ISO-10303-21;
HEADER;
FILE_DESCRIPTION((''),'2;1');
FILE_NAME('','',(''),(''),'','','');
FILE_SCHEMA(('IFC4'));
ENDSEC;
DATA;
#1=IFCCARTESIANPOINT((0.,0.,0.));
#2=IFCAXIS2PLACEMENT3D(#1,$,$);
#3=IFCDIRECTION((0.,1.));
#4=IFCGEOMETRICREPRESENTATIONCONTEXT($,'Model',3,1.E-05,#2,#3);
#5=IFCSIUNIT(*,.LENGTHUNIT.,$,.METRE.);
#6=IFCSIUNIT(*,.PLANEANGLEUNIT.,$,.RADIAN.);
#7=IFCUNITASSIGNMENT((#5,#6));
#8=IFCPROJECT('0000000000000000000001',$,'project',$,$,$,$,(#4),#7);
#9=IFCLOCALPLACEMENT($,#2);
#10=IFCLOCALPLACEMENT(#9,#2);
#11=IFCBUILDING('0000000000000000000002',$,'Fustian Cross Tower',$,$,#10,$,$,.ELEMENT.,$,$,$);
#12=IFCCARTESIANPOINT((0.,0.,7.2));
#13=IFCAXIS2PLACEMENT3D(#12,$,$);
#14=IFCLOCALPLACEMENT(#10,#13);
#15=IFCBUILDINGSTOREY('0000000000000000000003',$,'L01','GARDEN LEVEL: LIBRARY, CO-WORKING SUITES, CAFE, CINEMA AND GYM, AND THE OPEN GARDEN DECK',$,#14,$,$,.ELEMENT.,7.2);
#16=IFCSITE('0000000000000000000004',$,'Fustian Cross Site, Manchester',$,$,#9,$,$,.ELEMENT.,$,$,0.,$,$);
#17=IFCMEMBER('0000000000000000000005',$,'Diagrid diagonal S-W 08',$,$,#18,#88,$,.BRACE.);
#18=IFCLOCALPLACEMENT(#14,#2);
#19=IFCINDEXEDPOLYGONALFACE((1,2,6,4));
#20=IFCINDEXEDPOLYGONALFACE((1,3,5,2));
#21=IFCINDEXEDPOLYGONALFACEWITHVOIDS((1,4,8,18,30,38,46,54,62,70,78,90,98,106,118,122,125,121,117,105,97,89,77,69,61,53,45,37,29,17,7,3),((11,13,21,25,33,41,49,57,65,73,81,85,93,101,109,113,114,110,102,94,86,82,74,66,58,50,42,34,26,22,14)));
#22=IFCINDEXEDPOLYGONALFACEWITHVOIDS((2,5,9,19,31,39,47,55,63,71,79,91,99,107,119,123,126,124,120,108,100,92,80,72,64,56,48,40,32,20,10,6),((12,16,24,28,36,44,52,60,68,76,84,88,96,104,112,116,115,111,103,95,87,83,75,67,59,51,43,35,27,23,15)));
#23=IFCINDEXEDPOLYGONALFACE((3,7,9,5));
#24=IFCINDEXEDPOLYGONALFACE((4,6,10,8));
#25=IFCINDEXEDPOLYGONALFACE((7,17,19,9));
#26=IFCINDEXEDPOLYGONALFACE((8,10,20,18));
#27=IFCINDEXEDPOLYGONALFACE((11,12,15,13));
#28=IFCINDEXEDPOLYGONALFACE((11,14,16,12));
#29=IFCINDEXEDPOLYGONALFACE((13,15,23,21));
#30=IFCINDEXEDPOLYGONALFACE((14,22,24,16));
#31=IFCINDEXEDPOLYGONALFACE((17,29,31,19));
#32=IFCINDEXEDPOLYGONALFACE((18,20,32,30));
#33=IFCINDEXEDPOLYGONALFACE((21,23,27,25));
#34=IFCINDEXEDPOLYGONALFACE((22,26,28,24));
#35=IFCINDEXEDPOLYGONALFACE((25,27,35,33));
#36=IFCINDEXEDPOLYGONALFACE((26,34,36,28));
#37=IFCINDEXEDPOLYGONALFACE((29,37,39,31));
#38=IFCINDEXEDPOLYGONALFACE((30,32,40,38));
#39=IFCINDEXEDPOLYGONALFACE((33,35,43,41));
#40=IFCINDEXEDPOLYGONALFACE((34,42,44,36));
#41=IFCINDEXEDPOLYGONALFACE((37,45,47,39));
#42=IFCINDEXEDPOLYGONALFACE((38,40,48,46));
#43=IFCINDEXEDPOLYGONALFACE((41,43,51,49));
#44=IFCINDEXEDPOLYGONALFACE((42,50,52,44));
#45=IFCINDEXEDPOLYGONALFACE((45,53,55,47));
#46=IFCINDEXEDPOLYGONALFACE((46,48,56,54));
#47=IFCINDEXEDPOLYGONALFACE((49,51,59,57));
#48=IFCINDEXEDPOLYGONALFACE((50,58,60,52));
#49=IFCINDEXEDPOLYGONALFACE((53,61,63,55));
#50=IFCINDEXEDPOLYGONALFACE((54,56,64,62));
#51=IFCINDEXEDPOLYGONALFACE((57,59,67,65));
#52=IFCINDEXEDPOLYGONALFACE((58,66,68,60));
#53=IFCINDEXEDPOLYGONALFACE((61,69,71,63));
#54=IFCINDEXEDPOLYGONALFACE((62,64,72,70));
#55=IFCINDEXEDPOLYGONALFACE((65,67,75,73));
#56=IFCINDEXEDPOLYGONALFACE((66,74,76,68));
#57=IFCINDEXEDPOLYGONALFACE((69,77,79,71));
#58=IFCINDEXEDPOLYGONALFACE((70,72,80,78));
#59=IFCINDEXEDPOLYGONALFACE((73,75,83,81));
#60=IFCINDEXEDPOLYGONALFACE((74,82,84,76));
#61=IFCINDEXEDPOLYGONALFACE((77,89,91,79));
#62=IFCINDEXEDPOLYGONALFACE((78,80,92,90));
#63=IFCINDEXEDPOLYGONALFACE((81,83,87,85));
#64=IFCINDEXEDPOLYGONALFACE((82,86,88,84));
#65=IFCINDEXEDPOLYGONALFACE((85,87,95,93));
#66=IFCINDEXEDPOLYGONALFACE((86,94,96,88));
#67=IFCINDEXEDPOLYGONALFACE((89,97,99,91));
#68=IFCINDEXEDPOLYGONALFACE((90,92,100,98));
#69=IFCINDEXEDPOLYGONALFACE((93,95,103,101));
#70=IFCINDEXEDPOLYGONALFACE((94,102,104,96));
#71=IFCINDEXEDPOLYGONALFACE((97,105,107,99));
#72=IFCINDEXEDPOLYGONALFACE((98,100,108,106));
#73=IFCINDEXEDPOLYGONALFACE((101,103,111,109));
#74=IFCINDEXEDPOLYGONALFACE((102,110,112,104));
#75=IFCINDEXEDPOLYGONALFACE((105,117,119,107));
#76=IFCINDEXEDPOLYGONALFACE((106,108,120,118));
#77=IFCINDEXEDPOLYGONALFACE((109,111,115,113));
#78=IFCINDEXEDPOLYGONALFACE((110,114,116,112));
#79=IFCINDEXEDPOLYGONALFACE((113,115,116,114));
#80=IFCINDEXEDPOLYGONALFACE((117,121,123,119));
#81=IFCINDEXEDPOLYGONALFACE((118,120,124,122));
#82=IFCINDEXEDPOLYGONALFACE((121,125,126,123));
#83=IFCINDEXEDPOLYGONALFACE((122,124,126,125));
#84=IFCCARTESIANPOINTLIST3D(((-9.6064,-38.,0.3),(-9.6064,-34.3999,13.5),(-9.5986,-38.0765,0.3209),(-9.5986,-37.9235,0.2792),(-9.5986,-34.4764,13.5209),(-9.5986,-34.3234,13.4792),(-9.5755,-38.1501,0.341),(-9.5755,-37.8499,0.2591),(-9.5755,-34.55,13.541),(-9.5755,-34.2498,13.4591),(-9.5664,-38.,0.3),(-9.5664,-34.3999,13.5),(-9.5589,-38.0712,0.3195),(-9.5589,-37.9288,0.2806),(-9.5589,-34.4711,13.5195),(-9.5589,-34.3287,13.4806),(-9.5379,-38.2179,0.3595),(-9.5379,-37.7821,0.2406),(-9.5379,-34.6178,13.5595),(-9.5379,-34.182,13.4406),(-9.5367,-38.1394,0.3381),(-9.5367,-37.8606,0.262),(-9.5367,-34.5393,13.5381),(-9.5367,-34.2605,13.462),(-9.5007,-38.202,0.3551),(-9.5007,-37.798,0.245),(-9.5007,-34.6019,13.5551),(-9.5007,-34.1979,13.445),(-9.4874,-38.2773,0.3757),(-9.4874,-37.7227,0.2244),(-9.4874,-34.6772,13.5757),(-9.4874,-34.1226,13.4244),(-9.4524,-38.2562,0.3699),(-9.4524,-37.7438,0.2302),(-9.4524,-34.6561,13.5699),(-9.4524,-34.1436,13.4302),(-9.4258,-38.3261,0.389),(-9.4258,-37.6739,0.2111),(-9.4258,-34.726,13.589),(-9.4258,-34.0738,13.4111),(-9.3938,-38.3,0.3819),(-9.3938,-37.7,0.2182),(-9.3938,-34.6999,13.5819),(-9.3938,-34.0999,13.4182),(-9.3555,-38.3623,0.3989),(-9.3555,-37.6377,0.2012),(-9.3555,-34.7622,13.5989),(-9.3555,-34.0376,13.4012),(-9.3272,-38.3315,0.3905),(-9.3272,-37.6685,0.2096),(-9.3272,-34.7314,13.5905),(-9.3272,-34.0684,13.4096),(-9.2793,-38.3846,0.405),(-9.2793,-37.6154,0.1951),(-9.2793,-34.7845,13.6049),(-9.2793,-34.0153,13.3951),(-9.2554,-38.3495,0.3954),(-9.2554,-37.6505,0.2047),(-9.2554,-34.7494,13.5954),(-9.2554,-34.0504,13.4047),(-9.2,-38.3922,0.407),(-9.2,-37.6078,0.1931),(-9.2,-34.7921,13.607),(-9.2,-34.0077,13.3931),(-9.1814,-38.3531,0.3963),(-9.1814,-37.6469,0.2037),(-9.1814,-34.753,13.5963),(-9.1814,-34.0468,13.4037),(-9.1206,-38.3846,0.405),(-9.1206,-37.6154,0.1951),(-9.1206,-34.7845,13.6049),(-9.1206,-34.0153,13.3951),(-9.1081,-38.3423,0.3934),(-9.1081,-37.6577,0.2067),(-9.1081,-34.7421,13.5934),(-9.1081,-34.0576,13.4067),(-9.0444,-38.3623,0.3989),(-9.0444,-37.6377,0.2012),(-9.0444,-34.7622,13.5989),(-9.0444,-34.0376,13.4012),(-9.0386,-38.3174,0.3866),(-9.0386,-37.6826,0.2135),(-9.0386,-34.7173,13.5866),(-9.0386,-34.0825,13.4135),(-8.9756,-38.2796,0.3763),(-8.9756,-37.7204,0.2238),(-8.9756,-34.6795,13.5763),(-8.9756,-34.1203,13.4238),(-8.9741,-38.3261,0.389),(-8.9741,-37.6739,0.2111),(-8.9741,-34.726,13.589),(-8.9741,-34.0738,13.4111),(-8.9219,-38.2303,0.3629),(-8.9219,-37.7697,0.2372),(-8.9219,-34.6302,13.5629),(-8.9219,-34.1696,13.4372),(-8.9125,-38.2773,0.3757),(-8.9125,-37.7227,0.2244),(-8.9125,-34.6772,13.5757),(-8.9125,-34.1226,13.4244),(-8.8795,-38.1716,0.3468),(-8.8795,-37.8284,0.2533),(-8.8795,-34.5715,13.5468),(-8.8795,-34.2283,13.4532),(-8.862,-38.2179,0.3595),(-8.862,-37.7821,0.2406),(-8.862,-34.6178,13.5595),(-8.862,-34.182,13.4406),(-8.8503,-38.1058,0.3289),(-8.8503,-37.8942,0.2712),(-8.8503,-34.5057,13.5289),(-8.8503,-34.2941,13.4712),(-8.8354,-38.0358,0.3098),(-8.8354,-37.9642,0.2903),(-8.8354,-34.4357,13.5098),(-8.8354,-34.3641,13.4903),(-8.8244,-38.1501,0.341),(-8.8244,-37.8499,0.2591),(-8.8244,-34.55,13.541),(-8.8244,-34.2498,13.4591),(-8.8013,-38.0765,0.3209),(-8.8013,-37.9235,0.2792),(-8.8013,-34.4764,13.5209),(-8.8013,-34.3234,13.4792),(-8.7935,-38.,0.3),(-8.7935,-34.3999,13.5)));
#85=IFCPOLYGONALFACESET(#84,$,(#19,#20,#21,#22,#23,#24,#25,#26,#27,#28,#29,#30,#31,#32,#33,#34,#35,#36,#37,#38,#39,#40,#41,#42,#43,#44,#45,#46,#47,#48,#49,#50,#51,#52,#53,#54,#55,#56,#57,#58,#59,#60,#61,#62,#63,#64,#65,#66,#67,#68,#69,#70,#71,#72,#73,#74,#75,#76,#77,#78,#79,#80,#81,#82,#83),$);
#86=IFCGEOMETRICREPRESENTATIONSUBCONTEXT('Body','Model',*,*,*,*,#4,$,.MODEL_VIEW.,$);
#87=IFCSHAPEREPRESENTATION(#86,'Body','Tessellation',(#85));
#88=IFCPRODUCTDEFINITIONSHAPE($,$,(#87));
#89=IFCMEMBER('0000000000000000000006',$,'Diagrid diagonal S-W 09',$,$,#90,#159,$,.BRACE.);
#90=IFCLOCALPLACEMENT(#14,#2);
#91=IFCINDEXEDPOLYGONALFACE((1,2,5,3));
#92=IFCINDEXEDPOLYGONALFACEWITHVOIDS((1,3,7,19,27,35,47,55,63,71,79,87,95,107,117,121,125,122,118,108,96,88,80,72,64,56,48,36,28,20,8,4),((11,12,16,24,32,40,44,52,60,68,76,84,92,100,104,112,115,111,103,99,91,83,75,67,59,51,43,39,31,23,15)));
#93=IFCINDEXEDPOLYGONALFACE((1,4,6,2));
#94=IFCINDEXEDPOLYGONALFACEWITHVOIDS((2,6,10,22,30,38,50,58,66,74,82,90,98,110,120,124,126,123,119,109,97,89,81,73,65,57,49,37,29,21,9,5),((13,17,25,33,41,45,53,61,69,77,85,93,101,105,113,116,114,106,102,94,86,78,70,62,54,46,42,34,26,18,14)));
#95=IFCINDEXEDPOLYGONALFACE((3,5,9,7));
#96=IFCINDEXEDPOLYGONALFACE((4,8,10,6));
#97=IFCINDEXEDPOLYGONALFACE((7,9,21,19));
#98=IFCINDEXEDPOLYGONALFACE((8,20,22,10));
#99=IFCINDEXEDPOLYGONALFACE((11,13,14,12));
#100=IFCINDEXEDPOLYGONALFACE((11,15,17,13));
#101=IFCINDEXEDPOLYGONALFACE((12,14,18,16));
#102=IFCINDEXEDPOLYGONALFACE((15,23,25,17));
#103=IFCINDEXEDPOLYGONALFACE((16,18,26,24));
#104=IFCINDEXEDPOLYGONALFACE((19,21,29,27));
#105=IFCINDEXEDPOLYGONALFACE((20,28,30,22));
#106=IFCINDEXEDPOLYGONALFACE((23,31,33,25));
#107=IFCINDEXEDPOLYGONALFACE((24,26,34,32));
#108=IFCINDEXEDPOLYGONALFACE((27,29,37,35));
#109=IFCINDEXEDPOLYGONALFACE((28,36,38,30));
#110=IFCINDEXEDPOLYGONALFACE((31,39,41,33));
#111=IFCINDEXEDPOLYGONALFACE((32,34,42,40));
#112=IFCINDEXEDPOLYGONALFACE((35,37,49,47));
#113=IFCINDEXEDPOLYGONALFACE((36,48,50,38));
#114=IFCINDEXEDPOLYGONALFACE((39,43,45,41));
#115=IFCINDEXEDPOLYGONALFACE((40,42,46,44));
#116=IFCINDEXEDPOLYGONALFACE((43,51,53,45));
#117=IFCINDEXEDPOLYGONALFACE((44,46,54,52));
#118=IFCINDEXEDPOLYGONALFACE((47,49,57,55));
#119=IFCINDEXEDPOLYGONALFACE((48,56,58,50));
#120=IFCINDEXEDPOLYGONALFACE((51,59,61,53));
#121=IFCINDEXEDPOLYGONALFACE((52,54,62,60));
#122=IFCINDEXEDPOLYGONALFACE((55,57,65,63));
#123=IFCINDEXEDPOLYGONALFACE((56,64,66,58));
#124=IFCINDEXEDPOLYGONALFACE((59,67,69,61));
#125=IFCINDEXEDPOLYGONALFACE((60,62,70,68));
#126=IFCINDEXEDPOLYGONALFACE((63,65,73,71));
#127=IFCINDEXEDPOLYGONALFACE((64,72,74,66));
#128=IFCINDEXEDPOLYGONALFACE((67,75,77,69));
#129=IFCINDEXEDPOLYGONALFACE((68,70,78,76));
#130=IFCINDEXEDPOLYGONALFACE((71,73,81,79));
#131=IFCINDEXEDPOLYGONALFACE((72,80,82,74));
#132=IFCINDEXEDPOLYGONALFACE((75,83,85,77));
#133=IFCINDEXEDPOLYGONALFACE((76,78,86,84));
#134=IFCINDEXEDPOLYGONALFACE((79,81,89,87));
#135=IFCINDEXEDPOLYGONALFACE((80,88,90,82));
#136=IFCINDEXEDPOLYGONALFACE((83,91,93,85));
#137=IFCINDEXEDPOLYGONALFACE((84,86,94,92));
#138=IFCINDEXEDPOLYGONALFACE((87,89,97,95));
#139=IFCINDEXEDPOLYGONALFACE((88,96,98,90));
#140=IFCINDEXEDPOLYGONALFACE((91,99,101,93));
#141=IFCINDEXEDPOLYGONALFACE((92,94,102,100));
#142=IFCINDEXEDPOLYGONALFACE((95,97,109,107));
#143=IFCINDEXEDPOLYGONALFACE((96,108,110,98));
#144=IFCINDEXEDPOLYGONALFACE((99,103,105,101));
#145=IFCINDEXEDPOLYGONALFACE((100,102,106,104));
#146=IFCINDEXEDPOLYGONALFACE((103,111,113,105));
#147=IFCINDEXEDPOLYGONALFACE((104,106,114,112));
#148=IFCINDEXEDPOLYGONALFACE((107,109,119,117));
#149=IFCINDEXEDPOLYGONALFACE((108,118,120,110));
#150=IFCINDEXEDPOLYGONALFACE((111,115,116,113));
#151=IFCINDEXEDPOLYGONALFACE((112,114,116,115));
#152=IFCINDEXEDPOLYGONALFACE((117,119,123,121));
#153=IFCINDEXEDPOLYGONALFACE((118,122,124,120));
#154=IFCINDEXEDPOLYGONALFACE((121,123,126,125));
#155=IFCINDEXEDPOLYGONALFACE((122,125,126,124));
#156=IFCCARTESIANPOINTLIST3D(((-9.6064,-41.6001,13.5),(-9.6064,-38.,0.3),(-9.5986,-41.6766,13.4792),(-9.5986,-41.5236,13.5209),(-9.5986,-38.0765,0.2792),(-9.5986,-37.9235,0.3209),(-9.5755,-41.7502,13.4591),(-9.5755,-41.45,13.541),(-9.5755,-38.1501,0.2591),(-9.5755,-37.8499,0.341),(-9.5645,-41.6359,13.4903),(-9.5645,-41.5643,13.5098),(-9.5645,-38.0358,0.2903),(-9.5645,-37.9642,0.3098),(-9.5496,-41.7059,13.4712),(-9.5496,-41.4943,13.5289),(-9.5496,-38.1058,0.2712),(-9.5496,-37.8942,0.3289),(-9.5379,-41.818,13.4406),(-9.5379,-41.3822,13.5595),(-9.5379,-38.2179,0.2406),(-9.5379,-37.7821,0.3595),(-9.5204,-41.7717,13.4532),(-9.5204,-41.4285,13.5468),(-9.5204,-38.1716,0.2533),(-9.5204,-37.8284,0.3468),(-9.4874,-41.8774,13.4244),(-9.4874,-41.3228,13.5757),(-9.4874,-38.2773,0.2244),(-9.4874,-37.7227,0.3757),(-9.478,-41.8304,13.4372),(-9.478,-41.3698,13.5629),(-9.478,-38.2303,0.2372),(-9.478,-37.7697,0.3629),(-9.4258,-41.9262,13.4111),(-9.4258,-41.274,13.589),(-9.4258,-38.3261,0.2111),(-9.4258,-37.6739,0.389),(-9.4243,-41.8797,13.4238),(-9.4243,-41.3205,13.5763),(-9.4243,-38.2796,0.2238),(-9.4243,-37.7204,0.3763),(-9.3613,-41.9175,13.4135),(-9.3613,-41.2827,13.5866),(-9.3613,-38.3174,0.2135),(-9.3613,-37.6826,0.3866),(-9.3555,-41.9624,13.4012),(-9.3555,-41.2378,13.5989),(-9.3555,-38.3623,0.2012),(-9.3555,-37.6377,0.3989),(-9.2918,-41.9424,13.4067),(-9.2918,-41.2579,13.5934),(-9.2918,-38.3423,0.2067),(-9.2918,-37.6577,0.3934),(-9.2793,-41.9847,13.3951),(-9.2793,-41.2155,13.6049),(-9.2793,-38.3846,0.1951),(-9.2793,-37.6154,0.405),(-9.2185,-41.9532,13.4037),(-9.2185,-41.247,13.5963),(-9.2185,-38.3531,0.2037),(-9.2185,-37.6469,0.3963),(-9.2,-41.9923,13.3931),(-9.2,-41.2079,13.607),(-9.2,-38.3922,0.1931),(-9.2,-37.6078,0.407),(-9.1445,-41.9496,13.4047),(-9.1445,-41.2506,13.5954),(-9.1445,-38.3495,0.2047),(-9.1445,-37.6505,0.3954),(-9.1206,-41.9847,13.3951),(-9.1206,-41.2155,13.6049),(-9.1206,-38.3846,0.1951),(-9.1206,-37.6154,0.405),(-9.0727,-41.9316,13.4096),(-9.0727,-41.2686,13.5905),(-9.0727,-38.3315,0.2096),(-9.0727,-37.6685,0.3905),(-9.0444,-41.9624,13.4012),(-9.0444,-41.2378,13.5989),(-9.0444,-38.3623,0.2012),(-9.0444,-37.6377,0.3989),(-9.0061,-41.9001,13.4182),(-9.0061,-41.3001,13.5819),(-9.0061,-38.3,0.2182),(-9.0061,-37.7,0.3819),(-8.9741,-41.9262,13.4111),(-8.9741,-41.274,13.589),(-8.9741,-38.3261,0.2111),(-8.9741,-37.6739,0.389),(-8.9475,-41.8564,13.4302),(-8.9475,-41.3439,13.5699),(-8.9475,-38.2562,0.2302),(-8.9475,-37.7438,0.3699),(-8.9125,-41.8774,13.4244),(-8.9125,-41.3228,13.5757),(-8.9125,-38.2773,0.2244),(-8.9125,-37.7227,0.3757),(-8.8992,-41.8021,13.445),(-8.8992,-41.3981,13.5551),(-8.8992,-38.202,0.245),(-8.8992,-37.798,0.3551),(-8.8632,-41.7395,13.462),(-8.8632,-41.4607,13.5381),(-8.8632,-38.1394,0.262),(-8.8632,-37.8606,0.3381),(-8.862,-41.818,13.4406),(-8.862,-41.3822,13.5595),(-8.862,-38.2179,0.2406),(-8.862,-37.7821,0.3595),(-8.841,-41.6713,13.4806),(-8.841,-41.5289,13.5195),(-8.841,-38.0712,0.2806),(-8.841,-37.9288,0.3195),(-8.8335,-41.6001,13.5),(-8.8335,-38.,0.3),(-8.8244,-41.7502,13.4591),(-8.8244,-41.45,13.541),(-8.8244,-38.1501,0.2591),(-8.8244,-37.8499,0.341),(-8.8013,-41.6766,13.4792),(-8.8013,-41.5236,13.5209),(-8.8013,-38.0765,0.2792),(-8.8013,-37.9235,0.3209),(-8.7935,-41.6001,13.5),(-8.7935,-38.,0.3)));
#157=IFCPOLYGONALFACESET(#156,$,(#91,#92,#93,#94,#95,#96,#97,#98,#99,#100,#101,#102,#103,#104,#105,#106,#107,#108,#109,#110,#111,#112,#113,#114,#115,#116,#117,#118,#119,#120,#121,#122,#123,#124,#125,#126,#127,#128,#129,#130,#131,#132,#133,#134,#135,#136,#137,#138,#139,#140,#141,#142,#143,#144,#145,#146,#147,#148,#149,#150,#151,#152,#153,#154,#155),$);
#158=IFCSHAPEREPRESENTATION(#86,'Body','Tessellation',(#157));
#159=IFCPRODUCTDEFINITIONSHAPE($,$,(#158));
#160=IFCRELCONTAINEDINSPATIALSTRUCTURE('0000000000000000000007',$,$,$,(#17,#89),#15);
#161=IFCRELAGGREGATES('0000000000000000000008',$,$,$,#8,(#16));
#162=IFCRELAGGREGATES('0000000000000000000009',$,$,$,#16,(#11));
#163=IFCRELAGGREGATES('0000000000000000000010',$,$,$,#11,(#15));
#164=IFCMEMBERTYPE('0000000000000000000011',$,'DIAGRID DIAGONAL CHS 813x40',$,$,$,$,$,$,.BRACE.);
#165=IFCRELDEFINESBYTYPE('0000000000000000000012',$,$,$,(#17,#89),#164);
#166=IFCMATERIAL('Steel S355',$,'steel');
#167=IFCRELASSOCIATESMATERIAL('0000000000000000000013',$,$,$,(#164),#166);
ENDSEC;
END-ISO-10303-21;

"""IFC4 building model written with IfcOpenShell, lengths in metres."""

from ifc_helpers import new_model, si_unit, direction, frame, origin, origin_2d, place, context, subcontext, project, spatial, hollow_circle, extrude, material, material_profile, profile_set, type_object, element, save


model = new_model("IFC4")

# Units and contexts
model_context = context("Model", 3, precision=1e-05, world=origin(), true_north=direction((0.0, 1.0)))
body_context = subcontext(model_context, "Body", "Model", "MODEL_VIEW")
ifc_project = project(units=[si_unit("LENGTHUNIT", "METRE"), si_unit("PLANEANGLEUNIT", "RADIAN")], contexts=[model_context])

# Site, building, storey
site_placement = place(None, origin())
site = spatial("IfcSite", under=ifc_project, at=site_placement, Name="Fustian Cross Site, Manchester", CompositionType="ELEMENT", RefElevation=0.0)
building_placement = place(site_placement, origin())
building = spatial("IfcBuilding", under=site, at=building_placement, Name="Fustian Cross Tower", CompositionType="ELEMENT")
storey_placement = place(building_placement, frame((0.0, 0.0, 7.2)))
storey = spatial("IfcBuildingStorey", under=building, at=storey_placement, Name="L01", Description="GARDEN LEVEL: LIBRARY, CO-WORKING SUITES, CAFE, CINEMA AND GYM, AND THE OPEN GARDEN DECK", CompositionType="ELEMENT", Elevation=7.2)

# Members
ifc_material_1 = material(Name="Steel S355", Category="steel")
ifc_material_profile_1 = material_profile(ifc_material_1, hollow_circle(Radius=0.4065, WallThickness=0.04, at=origin_2d()), Name="CHS 813x40")
ifc_profile_set_1 = profile_set([ifc_material_profile_1], Name="Steel S355")
member_type_1 = type_object("IfcMemberType", Name="DIAGRID DIAGONAL CHS 813x40", PredefinedType="BRACE", material=ifc_profile_set_1)
for number, where, z_axis, x_axis, name in (
    (1, (-9.2, -38.0, 0.3), (0.0, 0.263125, 0.964762), (-1.0, 0.0, 0.0), "Diagrid diagonal S-W 08"),
    (2, (-9.2, -38.0, 0.3), (0.0, -0.263125, 0.964762), (1.0, 0.0, 0.0), "Diagrid diagonal S-W 09"),
):
    element("IfcMember", number, at=place(storey_placement, frame(where, z_axis=z_axis, x_axis=x_axis)), inside=storey, type_object=member_type_1, Name=name, PredefinedType="BRACE", context=body_context, shape_type="SweptSolid", body=[
        extrude(hollow_circle(Radius=0.4065, WallThickness=0.04, at=origin_2d()), origin(), (0.0, 0.0, 1.0), 13.6821),
    ])

save(model, "model.ifc")
